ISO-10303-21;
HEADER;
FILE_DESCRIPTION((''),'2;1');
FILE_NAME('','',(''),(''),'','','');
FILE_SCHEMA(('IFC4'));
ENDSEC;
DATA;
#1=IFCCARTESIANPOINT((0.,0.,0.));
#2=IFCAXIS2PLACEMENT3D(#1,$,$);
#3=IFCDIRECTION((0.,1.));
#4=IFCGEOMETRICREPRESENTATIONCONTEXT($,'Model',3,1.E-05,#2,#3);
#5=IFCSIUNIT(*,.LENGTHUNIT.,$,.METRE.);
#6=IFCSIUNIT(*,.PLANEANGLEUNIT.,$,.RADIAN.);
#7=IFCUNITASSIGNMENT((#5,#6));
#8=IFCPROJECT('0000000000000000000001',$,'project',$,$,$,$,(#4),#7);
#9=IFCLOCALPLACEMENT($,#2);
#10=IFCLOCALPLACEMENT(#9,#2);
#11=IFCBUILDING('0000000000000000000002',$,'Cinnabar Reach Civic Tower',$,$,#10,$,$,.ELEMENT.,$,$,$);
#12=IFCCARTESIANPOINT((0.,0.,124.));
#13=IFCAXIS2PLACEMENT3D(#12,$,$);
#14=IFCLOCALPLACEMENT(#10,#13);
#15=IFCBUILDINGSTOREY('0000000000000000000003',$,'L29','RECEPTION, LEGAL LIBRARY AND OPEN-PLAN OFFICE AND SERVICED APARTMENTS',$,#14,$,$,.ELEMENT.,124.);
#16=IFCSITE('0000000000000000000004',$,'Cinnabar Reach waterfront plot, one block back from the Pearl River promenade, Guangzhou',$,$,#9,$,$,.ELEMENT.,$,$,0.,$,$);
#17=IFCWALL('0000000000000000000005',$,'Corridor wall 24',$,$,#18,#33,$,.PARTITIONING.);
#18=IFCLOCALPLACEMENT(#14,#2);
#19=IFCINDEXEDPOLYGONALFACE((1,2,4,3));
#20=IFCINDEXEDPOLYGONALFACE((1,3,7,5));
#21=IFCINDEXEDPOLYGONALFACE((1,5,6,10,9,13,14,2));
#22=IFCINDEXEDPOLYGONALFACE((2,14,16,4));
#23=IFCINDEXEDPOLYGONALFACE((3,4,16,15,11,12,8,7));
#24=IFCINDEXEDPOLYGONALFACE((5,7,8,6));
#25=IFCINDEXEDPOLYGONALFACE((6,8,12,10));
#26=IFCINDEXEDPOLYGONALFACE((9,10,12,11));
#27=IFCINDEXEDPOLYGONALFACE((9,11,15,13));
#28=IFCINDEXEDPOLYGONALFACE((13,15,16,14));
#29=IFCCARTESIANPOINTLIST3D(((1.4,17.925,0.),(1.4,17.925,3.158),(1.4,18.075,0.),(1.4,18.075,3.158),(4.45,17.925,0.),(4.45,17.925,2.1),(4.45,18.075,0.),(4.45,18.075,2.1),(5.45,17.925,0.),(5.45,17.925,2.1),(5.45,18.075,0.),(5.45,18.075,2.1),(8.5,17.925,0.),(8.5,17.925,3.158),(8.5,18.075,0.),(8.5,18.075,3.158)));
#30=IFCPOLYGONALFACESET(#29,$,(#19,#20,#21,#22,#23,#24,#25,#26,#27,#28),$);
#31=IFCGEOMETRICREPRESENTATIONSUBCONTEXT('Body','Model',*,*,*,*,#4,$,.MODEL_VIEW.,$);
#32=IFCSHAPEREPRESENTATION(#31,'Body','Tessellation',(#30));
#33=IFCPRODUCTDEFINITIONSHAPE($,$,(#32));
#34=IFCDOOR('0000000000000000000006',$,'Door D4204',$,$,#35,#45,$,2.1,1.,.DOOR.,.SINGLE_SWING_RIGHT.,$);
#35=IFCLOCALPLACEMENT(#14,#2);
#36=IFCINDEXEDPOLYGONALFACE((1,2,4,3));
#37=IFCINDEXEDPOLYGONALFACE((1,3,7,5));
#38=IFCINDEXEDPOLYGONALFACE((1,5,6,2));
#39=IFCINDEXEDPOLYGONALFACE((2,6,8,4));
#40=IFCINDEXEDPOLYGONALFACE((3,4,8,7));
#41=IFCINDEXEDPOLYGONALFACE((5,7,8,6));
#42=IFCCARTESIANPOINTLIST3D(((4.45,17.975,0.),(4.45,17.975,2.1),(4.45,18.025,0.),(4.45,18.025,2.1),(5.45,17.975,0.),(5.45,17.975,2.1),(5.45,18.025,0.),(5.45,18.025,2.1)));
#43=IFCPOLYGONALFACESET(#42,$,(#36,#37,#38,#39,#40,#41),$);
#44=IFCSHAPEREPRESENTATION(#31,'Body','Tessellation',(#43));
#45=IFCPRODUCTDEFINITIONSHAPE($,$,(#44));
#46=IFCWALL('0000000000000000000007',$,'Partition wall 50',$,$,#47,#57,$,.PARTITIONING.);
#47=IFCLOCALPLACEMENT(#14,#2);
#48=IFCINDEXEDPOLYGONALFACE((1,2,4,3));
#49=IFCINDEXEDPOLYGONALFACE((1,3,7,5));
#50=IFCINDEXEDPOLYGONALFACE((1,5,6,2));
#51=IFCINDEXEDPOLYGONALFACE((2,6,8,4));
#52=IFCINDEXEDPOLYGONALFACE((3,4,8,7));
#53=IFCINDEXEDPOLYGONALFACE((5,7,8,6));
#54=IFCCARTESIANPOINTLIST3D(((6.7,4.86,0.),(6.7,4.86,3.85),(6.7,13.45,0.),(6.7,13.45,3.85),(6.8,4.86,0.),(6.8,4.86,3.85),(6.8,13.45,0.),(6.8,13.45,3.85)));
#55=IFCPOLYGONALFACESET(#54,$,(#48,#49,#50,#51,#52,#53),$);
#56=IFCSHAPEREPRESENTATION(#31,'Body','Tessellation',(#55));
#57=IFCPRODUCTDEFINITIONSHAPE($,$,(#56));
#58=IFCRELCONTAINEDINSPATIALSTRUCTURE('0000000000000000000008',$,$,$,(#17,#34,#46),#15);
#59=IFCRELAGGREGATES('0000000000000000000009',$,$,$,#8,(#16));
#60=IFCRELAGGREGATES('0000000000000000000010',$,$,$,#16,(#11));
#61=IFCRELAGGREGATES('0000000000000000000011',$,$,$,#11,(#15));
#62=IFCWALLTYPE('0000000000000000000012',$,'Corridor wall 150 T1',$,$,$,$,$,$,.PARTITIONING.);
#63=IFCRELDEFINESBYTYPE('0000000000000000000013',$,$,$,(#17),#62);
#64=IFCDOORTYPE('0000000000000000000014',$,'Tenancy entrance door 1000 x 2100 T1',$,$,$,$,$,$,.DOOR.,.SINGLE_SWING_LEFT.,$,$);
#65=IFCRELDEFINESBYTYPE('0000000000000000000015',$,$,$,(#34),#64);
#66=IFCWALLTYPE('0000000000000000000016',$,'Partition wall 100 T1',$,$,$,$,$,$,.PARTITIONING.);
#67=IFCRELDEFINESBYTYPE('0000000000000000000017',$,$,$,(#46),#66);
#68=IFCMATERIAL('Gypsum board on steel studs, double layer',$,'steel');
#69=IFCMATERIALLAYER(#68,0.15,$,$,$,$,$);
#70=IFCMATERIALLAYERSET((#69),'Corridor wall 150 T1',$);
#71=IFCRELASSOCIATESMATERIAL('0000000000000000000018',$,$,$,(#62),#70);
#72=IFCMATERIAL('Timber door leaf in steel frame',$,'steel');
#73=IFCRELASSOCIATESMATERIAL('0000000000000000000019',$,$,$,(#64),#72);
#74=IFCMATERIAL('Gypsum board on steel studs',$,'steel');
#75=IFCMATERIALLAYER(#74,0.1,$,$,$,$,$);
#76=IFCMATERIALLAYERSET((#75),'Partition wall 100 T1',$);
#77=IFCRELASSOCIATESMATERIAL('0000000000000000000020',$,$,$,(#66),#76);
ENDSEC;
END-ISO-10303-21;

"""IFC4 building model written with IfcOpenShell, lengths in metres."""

from ifc_helpers import new_model, si_unit, direction, frame, frame_2d, origin, place, context, subcontext, project, spatial, rectangle, extrude, material, layer, layer_set, type_object, element, fill, save


model = new_model("IFC4")

# Units and contexts
model_context = context("Model", 3, precision=1e-05, world=origin(), true_north=direction((0.0, 1.0)))
body_context = subcontext(model_context, "Body", "Model", "MODEL_VIEW")
ifc_project = project(units=[si_unit("LENGTHUNIT", "METRE"), si_unit("PLANEANGLEUNIT", "RADIAN")], contexts=[model_context])

# Site, building, storey
site_placement = place(None, origin())
site = spatial("IfcSite", under=ifc_project, at=site_placement, Name="Cinnabar Reach waterfront plot, one block back from the Pearl River promenade, Guangzhou", CompositionType="ELEMENT", RefElevation=0.0)
building_placement = place(site_placement, origin())
building = spatial("IfcBuilding", under=site, at=building_placement, Name="Cinnabar Reach Civic Tower", CompositionType="ELEMENT")
storey_placement = place(building_placement, frame((0.0, 0.0, 124.0)))
storey = spatial("IfcBuildingStorey", under=building, at=storey_placement, Name="L29", Description="RECEPTION, LEGAL LIBRARY AND OPEN-PLAN OFFICE AND SERVICED APARTMENTS", CompositionType="ELEMENT", Elevation=124.0)

# Wall, opening, door
ifc_material_1 = material(Name="Gypsum board on steel studs, double layer", Category="steel")
ifc_layer_1 = layer(ifc_material_1, 0.15)
ifc_layer_set_1 = layer_set([ifc_layer_1], Name="Corridor wall 150 T1")
wall_type_1 = type_object("IfcWallType", Name="Corridor wall 150 T1", PredefinedType="PARTITIONING", material=ifc_layer_set_1)
wall_1_placement = place(storey_placement, frame((1.4, 18.0, 0.0), z_axis=(0.0, 0.0, 1.0), x_axis=(1.0, 0.0, 0.0)))
wall_1 = element("IfcWall", 1, at=wall_1_placement, inside=storey, type_object=wall_type_1, Name="Corridor wall 24", PredefinedType="PARTITIONING", context=body_context, shape_type="SweptSolid", body=[
    extrude(rectangle(XDim=7.1, YDim=0.15, at=frame_2d((3.55, 0.0))), origin(), (0.0, 0.0, 1.0), 3.158),
])
opening_1_placement = place(wall_1_placement, frame((3.05, 0.0, 0.0)))
opening_1 = element("IfcOpeningElement", 2, at=opening_1_placement, cuts=wall_1, PredefinedType="OPENING", context=body_context, shape_type="SweptSolid", body=[
    extrude(rectangle(XDim=1.0, YDim=2.1, at=frame_2d((0.5, 1.05))), frame((0.0, 0.085, 0.0), z_axis=(0.0, -1.0, 0.0), x_axis=(1.0, 0.0, 0.0)), (0.0, 0.0, 1.0), 0.17),
])
ifc_material_2 = material(Name="Timber door leaf in steel frame", Category="steel")
door_type = type_object("IfcDoorType", Name="Tenancy entrance door 1000 x 2100 T1", OperationType="SINGLE_SWING_LEFT", PredefinedType="DOOR", material=ifc_material_2)
door_placement = place(opening_1_placement, frame((1.0, 0.0, 0.0), z_axis=(0.0, 0.0, 1.0), x_axis=(-1.0, 0.0, 0.0)))
door = element("IfcDoor", 3, at=door_placement, inside=storey, type_object=door_type, Name="Door D4204", OperationType="SINGLE_SWING_RIGHT", OverallHeight=2.1, OverallWidth=1.0, PredefinedType="DOOR", context=body_context, shape_type="SweptSolid", body=[
    extrude(rectangle(XDim=1.0, YDim=2.1, at=frame_2d((0.5, 1.05))), frame((0.0, 0.025, 0.0), z_axis=(0.0, -1.0, 0.0), x_axis=(1.0, 0.0, 0.0)), (0.0, 0.0, 1.0), 0.05),
])
fill(opening_1, door)

# Wall
ifc_material_3 = material(Name="Gypsum board on steel studs", Category="steel")
ifc_layer_2 = layer(ifc_material_3, 0.1)
ifc_layer_set_2 = layer_set([ifc_layer_2], Name="Partition wall 100 T1")
wall_type_2 = type_object("IfcWallType", Name="Partition wall 100 T1", PredefinedType="PARTITIONING", material=ifc_layer_set_2)
wall_2_placement = place(storey_placement, frame((6.75, 4.86, 0.0), z_axis=(0.0, 0.0, 1.0), x_axis=(0.0, 1.0, 0.0)))
element("IfcWall", 4, at=wall_2_placement, inside=storey, type_object=wall_type_2, Name="Partition wall 50", PredefinedType="PARTITIONING", context=body_context, shape_type="SweptSolid", body=[
    extrude(rectangle(XDim=8.59, YDim=0.1, at=frame_2d((4.295, 0.0))), origin(), (0.0, 0.0, 1.0), 3.85),
])

save(model, "model.ifc")
